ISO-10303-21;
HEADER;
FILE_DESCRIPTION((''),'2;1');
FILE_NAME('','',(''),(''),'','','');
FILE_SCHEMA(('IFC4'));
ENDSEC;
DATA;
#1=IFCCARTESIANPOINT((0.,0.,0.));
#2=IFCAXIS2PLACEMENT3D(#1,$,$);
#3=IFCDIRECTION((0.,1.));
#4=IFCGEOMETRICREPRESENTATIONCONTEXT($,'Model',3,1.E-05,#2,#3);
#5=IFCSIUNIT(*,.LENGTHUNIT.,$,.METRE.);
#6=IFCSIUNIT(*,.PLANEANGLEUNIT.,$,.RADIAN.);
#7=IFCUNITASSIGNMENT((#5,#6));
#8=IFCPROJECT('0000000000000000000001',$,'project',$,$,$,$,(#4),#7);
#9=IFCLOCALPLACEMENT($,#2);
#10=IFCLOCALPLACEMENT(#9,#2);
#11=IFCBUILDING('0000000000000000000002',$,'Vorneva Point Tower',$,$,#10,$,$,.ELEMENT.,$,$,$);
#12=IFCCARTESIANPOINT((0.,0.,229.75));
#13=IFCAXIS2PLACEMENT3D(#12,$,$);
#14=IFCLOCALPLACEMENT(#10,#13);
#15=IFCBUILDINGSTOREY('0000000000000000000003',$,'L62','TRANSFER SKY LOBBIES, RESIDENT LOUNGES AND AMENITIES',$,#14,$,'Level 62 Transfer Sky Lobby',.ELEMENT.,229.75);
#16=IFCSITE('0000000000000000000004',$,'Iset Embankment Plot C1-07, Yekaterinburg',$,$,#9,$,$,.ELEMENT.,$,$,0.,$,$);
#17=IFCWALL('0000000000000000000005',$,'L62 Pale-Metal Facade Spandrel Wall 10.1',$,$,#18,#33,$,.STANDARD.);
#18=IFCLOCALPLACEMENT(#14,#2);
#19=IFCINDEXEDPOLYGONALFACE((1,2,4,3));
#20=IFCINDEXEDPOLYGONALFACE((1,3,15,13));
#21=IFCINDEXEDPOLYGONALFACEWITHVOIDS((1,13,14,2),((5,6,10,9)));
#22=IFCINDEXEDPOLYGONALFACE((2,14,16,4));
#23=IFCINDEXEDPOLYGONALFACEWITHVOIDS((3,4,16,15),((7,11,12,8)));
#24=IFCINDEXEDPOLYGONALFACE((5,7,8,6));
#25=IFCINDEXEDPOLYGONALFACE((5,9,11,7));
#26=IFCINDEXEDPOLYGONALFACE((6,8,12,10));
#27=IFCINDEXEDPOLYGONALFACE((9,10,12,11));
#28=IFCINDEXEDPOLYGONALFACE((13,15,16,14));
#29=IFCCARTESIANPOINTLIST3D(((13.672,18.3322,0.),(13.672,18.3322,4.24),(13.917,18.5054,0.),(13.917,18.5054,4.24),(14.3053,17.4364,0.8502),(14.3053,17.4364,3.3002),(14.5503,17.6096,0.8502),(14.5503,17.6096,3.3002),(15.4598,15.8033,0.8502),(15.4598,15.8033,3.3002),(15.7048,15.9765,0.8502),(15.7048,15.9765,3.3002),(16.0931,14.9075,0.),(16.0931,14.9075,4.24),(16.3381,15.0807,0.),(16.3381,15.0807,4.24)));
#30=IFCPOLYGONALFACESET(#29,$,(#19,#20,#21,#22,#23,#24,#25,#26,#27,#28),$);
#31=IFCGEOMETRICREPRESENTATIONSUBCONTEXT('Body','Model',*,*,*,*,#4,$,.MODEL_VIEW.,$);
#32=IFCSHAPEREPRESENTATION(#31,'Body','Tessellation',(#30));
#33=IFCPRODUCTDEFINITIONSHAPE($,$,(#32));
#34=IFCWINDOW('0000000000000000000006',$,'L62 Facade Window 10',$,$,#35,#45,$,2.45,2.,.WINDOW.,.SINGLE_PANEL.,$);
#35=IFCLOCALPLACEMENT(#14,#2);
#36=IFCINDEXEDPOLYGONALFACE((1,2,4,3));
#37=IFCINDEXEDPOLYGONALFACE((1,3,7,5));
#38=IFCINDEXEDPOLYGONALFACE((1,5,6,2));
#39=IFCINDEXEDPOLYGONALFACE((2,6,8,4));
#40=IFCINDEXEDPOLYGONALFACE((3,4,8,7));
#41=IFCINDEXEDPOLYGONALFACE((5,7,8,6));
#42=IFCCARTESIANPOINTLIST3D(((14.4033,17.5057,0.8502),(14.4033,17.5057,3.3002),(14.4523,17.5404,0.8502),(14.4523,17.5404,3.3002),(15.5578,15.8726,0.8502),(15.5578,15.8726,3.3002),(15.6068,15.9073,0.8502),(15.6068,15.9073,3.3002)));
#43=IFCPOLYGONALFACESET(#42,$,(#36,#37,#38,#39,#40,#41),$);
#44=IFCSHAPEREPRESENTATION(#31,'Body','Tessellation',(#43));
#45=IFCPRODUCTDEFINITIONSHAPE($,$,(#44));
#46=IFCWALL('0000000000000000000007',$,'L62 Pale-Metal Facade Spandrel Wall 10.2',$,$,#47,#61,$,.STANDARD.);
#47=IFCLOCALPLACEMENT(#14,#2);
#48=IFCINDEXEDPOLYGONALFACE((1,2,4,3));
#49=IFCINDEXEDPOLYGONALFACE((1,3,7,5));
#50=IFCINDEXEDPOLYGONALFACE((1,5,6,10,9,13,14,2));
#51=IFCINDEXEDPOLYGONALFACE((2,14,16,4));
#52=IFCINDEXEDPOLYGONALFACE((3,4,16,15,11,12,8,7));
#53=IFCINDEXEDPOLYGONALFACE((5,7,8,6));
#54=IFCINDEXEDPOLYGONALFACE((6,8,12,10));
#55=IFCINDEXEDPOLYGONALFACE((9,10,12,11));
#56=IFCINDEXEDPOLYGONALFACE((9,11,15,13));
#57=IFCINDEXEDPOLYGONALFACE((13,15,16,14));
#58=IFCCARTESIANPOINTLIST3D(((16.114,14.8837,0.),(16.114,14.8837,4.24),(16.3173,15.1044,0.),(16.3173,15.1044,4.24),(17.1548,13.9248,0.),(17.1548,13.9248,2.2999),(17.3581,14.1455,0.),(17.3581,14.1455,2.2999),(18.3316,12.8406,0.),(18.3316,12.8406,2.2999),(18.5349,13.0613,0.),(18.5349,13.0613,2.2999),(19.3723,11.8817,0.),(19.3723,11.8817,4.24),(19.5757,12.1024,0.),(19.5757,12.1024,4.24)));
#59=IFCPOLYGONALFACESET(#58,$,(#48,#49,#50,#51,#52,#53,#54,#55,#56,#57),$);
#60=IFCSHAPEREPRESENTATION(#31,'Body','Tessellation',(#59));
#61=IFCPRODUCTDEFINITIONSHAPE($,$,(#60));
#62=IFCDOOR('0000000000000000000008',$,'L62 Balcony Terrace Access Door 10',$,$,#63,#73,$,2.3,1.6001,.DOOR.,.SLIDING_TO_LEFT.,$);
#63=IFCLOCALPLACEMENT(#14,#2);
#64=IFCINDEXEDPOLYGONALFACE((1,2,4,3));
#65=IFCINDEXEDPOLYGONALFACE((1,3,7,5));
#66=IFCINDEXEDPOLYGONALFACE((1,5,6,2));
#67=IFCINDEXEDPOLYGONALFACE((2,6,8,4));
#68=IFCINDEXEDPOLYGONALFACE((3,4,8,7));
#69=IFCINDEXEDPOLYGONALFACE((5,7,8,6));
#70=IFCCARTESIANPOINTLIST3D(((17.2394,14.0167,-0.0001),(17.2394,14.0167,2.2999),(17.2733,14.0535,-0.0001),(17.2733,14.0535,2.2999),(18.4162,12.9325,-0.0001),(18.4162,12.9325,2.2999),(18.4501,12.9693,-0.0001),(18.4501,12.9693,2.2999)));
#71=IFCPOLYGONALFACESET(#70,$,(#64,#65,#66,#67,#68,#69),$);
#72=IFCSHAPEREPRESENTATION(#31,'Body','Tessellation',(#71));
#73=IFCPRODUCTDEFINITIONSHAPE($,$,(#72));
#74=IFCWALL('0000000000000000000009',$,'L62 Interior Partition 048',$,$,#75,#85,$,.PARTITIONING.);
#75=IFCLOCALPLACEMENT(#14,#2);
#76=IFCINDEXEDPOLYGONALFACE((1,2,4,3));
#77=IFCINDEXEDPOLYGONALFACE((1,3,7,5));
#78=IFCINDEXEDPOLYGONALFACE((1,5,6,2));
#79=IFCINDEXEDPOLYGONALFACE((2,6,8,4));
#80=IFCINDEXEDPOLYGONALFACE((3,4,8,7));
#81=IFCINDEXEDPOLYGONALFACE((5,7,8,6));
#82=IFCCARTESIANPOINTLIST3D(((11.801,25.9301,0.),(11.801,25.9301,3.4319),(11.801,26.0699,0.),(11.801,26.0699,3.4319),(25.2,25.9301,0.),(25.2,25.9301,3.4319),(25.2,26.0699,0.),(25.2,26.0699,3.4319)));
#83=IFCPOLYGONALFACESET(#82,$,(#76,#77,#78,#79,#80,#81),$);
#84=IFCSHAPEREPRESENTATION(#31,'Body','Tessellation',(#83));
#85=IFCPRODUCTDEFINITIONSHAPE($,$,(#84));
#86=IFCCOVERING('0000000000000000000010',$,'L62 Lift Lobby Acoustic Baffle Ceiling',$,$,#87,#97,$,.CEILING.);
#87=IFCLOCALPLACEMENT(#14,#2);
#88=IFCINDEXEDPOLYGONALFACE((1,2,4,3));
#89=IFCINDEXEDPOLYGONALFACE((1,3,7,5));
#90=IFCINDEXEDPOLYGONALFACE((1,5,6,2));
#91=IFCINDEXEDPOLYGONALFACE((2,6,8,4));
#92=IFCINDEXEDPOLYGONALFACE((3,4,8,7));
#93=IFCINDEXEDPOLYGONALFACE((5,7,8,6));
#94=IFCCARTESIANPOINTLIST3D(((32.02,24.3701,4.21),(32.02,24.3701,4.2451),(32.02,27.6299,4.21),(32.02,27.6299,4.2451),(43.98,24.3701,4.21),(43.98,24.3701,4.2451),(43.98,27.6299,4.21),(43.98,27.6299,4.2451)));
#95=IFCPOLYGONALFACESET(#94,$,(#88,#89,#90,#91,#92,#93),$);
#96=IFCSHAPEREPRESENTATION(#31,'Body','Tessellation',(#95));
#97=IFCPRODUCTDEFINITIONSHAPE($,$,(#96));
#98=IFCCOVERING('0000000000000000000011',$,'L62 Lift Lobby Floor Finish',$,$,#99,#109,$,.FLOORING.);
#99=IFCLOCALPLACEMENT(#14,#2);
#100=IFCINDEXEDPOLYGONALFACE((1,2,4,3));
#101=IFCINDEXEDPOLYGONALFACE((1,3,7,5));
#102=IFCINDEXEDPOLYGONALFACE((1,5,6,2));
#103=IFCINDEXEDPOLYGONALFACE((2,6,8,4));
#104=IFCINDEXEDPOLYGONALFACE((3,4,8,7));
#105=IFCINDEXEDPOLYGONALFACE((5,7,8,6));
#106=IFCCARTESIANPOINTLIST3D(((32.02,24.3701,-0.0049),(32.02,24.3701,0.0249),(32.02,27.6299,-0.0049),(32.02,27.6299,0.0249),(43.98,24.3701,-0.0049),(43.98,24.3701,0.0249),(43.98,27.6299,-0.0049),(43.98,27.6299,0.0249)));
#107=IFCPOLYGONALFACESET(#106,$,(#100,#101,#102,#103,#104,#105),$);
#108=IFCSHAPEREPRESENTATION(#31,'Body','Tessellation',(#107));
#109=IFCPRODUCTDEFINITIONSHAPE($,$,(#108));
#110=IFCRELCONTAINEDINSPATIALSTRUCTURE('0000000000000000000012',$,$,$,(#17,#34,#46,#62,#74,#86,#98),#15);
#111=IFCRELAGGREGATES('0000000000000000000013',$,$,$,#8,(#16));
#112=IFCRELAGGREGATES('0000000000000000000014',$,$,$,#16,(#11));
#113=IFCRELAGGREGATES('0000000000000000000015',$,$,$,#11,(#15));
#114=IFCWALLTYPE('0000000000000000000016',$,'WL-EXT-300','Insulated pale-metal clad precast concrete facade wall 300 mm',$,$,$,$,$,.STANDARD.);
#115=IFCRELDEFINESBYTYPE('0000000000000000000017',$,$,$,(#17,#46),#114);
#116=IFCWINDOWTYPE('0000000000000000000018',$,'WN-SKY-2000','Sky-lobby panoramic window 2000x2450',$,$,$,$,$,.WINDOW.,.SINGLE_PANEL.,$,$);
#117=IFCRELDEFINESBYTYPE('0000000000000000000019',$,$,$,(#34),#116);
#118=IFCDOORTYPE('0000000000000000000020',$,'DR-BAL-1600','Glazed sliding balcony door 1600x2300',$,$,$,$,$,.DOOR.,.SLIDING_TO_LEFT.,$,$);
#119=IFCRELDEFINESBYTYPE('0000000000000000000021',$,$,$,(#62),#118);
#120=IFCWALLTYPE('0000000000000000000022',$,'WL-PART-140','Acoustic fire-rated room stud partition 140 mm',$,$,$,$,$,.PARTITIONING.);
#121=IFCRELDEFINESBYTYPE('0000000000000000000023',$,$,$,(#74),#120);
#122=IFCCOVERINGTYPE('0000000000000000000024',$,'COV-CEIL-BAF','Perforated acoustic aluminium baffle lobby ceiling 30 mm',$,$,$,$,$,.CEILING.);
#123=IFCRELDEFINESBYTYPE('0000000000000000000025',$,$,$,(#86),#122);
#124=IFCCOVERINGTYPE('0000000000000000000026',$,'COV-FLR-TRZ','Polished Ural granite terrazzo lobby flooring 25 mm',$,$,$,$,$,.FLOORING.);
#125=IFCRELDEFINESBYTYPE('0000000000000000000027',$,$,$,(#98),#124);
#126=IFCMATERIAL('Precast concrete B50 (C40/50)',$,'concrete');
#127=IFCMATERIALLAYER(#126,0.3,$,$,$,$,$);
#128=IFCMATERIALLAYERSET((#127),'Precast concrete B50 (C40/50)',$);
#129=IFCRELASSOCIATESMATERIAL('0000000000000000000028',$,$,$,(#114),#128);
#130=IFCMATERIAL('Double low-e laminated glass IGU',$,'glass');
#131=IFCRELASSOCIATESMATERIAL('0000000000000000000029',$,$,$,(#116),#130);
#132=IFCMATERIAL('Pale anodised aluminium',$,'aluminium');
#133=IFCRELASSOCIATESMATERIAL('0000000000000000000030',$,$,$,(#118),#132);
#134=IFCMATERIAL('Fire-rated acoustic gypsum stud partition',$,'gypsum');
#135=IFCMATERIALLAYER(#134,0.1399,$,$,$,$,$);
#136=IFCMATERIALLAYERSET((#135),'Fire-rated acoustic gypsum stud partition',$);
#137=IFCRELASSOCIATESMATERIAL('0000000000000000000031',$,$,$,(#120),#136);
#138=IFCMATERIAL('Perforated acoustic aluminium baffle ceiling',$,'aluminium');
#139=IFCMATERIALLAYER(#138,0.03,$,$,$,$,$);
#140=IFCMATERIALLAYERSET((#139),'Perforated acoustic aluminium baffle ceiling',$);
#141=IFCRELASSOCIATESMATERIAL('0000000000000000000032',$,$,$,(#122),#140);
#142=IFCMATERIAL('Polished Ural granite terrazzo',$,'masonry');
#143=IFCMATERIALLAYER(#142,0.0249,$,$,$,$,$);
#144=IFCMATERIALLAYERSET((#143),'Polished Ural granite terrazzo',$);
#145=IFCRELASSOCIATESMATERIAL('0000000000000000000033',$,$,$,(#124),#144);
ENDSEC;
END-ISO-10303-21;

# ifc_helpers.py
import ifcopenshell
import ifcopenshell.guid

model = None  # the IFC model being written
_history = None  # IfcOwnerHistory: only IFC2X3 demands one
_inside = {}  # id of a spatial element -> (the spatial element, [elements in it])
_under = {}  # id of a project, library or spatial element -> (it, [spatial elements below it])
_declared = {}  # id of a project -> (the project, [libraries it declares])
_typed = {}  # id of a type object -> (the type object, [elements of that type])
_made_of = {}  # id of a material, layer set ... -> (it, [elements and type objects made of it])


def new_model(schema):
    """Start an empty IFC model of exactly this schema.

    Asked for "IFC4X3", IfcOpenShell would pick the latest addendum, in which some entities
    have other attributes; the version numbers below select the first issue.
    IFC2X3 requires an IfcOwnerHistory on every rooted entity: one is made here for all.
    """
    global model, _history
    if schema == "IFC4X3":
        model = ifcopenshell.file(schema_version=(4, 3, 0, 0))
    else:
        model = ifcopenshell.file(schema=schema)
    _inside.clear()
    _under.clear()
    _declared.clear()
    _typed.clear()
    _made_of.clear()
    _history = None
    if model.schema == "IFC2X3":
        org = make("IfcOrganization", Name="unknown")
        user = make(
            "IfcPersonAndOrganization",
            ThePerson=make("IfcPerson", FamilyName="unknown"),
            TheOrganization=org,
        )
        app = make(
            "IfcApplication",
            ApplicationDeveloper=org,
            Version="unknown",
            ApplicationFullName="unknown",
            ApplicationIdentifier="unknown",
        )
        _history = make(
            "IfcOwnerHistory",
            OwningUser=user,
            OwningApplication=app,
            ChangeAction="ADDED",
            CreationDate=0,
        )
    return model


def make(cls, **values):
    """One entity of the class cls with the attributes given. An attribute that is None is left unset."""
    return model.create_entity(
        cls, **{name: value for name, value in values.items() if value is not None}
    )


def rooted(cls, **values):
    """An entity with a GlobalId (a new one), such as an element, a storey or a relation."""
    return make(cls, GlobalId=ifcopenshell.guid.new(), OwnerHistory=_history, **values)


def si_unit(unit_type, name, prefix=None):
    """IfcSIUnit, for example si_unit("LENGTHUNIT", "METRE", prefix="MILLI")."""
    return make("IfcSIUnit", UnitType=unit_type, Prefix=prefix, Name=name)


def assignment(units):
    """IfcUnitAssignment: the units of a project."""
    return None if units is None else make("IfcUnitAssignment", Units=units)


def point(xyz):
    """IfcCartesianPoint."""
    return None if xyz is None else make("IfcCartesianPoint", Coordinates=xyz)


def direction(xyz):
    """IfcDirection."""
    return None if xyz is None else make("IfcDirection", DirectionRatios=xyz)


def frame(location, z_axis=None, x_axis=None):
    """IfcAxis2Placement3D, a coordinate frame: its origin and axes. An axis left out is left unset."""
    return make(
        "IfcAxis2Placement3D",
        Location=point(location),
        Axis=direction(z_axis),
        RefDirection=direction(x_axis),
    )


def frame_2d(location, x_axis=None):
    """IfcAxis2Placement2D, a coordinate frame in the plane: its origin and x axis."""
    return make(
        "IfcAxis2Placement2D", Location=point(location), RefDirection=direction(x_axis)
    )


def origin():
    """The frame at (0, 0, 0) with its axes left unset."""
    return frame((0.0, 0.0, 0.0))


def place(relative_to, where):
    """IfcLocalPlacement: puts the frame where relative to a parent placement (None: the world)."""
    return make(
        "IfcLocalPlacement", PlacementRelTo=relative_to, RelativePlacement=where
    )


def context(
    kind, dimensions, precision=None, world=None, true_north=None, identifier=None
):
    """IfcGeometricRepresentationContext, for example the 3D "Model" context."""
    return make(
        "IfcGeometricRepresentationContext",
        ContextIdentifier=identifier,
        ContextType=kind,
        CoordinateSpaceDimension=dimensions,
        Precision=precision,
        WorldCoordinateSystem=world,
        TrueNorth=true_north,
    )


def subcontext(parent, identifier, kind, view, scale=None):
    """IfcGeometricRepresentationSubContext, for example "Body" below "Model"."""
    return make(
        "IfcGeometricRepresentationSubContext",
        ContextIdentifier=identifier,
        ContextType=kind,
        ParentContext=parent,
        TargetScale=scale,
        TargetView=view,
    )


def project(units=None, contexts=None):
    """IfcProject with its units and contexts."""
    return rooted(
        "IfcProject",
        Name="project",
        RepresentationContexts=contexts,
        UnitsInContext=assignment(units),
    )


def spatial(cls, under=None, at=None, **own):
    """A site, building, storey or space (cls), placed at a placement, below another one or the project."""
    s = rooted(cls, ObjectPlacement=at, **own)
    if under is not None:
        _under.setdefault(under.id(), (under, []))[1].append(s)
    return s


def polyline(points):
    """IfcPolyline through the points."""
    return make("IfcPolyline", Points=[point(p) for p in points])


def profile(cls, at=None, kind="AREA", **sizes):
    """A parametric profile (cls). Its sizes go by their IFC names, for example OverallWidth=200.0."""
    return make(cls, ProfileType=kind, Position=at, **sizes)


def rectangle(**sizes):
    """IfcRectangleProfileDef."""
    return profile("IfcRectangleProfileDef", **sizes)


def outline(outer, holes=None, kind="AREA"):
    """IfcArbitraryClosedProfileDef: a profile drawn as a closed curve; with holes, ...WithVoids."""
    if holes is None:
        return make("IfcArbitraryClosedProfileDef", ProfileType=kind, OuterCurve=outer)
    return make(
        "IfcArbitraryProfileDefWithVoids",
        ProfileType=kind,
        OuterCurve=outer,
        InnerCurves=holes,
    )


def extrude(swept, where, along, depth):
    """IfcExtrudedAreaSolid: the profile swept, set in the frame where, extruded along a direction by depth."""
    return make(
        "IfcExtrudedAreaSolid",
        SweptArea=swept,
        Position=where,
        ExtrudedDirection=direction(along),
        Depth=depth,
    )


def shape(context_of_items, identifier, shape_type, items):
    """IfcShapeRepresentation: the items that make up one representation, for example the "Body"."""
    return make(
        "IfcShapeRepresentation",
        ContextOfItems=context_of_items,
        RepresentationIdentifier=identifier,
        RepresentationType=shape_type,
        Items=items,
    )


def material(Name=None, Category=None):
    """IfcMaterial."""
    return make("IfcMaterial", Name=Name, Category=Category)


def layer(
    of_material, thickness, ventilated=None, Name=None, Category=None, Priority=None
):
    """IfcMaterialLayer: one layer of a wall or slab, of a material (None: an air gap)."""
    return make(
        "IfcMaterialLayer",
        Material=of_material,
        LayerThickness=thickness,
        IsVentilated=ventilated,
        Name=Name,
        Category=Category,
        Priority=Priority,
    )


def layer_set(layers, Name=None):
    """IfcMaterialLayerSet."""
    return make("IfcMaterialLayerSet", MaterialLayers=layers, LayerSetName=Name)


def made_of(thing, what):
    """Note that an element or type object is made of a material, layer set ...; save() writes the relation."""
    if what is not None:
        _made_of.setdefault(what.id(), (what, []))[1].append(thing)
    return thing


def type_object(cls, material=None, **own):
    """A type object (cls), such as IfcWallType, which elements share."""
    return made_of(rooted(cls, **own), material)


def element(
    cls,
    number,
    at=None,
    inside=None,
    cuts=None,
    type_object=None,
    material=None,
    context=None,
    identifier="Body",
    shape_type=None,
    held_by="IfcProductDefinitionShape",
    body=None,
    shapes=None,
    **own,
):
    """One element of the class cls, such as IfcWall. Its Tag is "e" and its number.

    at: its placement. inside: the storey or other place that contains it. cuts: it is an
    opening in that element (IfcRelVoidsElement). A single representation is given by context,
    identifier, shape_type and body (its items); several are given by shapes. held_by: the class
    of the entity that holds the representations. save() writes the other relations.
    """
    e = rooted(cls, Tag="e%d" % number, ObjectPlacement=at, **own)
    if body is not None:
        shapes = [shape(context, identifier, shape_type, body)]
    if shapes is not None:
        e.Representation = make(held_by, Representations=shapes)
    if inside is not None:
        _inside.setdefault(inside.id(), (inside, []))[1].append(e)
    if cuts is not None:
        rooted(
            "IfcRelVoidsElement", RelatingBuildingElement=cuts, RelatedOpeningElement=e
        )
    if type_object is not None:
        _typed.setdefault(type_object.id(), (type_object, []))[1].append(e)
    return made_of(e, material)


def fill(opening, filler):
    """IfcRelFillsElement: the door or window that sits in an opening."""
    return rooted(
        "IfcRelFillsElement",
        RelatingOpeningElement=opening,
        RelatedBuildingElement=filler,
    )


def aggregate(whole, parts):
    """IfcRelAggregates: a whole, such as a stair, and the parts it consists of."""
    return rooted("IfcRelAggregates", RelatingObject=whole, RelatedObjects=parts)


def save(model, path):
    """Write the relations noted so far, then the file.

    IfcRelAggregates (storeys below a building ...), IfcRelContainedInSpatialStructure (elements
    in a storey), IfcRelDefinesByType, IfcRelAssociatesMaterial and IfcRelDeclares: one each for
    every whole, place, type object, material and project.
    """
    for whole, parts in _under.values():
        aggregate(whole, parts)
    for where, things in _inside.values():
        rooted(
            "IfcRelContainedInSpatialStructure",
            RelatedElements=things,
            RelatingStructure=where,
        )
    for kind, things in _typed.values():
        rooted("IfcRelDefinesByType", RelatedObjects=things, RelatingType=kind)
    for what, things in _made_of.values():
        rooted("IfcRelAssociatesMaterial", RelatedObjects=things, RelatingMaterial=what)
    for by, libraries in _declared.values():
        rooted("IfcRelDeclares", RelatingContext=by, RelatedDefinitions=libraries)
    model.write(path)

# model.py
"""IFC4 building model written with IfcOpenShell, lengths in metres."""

from ifc_helpers import new_model, si_unit, direction, frame, frame_2d, origin, place, context, subcontext, project, spatial, polyline, rectangle, outline, extrude, material, layer, layer_set, type_object, element, fill, save


model = new_model("IFC4")

# Units and contexts
model_context = context("Model", 3, precision=1e-05, world=origin(), true_north=direction((0.0, 1.0)))
body_context = subcontext(model_context, "Body", "Model", "MODEL_VIEW")
ifc_project = project(units=[si_unit("LENGTHUNIT", "METRE"), si_unit("PLANEANGLEUNIT", "RADIAN")], contexts=[model_context])

# Site, building, storey
site_placement = place(None, origin())
site = spatial("IfcSite", under=ifc_project, at=site_placement, Name="Iset Embankment Plot C1-07, Yekaterinburg", CompositionType="ELEMENT", RefElevation=0.0)
building_placement = place(site_placement, origin())
building = spatial("IfcBuilding", under=site, at=building_placement, Name="Vorneva Point Tower", CompositionType="ELEMENT")
storey_placement = place(building_placement, frame((0.0, 0.0, 229.75)))
storey = spatial("IfcBuildingStorey", under=building, at=storey_placement, Name="L62", Description="TRANSFER SKY LOBBIES, RESIDENT LOUNGES AND AMENITIES", LongName="Level 62 Transfer Sky Lobby", CompositionType="ELEMENT", Elevation=229.75)

# Shared definitions
ifc_material_1 = material(Name="Pale anodised aluminium", Category="aluminium")
ifc_material_2 = material(Name="Double low-e laminated glass IGU", Category="glass")

# Wall, opening, window
ifc_material_3 = material(Name="Precast concrete B50 (C40/50)", Category="concrete")
ifc_layer_1 = layer(ifc_material_3, 0.3)
ifc_layer_set_1 = layer_set([ifc_layer_1], Name="Precast concrete B50 (C40/50)")
wall_type_1 = type_object("IfcWallType", Name="WL-EXT-300", Description="Insulated pale-metal clad precast concrete facade wall 300 mm", PredefinedType="STANDARD", material=ifc_layer_set_1)
wall_1_placement = place(storey_placement, frame((13.7944, 18.4189, 0.0), z_axis=(0.0, 0.0, 1.0), x_axis=(0.577261, -0.81656, 0.0)))
wall_1 = element("IfcWall", 1, at=wall_1_placement, inside=storey, type_object=wall_type_1, Name="L62 Pale-Metal Facade Spandrel Wall 10.1", PredefinedType="STANDARD", context=body_context, shape_type="SweptSolid", body=[
    extrude(rectangle(XDim=4.1941, YDim=0.3, at=frame_2d((2.0972, 0.0))), origin(), (0.0, 0.0, 1.0), 4.24),
])
opening_1_placement = place(wall_1_placement, frame((1.0972, 0.0, 0.8501)))
opening_1 = element("IfcOpeningElement", 2, at=opening_1_placement, cuts=wall_1, PredefinedType="OPENING", context=body_context, shape_type="SweptSolid", body=[
    extrude(rectangle(XDim=2.0, YDim=2.45, at=frame_2d((1.0, 1.2251))), frame((0.0, 0.165, 0.0), z_axis=(0.0, -1.0, 0.0), x_axis=(1.0, 0.0, 0.0)), (0.0, 0.0, 1.0), 0.3298),
])
window_type = type_object("IfcWindowType", Name="WN-SKY-2000", Description="Sky-lobby panoramic window 2000x2450", PartitioningType="SINGLE_PANEL", PredefinedType="WINDOW", material=ifc_material_2)
window_placement = place(opening_1_placement, origin())
window = element("IfcWindow", 3, at=window_placement, inside=storey, type_object=window_type, Name="L62 Facade Window 10", OverallHeight=2.45, OverallWidth=2.0, PartitioningType="SINGLE_PANEL", PredefinedType="WINDOW", context=body_context, shape_type="SweptSolid", body=[
    extrude(rectangle(XDim=2.0, YDim=2.45, at=frame_2d((1.0, 1.2251))), frame((0.0, 0.03, 0.0), z_axis=(0.0, -1.0, 0.0), x_axis=(1.0, 0.0, 0.0)), (0.0, 0.0, 1.0), 0.0601),
])
fill(opening_1, window)

# Wall, opening, door
wall_2_placement = place(storey_placement, frame((16.2156, 14.9941, 0.0), z_axis=(0.0, 0.0, 1.0), x_axis=(0.735445, -0.677584, 0.0)))
wall_2 = element("IfcWall", 4, at=wall_2_placement, inside=storey, type_object=wall_type_1, Name="L62 Pale-Metal Facade Spandrel Wall 10.2", PredefinedType="STANDARD", context=body_context, shape_type="SweptSolid", body=[
    extrude(rectangle(XDim=4.4304, YDim=0.3, at=frame_2d((2.2153, 0.0))), origin(), (0.0, 0.0, 1.0), 4.24),
])
opening_2_placement = place(wall_2_placement, frame((1.4153, 0.0, 0.0)))
opening_2 = element("IfcOpeningElement", 5, at=opening_2_placement, cuts=wall_2, PredefinedType="OPENING", context=body_context, shape_type="SweptSolid", body=[
    extrude(rectangle(XDim=1.6001, YDim=2.3, at=frame_2d((0.8, 1.1499))), frame((0.0, 0.165, 0.0), z_axis=(0.0, -1.0, 0.0), x_axis=(1.0, 0.0, 0.0)), (0.0, 0.0, 1.0), 0.3298),
])
door_type = type_object("IfcDoorType", Name="DR-BAL-1600", Description="Glazed sliding balcony door 1600x2300", OperationType="SLIDING_TO_LEFT", PredefinedType="DOOR", material=ifc_material_1)
door_placement = place(opening_2_placement, origin())
door = element("IfcDoor", 6, at=door_placement, inside=storey, type_object=door_type, Name="L62 Balcony Terrace Access Door 10", OperationType="SLIDING_TO_LEFT", OverallHeight=2.3, OverallWidth=1.6001, PredefinedType="DOOR", context=body_context, shape_type="SweptSolid", body=[
    extrude(rectangle(XDim=1.6001, YDim=2.3, at=frame_2d((0.8, 1.1499))), frame((0.0, 0.0249, 0.0), z_axis=(0.0, -1.0, 0.0), x_axis=(1.0, 0.0, 0.0)), (0.0, 0.0, 1.0), 0.05),
])
fill(opening_2, door)

# Wall
ifc_material_4 = material(Name="Fire-rated acoustic gypsum stud partition", Category="gypsum")
ifc_layer_2 = layer(ifc_material_4, 0.1399)
ifc_layer_set_2 = layer_set([ifc_layer_2], Name="Fire-rated acoustic gypsum stud partition")
wall_type_2 = type_object("IfcWallType", Name="WL-PART-140", Description="Acoustic fire-rated room stud partition 140 mm", PredefinedType="PARTITIONING", material=ifc_layer_set_2)
wall_3_placement = place(storey_placement, frame((11.801, 26.0, 0.0), z_axis=(0.0, 0.0, 1.0), x_axis=(1.0, 0.0, 0.0)))
element("IfcWall", 7, at=wall_3_placement, inside=storey, type_object=wall_type_2, Name="L62 Interior Partition 048", PredefinedType="PARTITIONING", context=body_context, shape_type="SweptSolid", body=[
    extrude(rectangle(XDim=13.3989, YDim=0.1399, at=frame_2d((6.6995, 0.0))), origin(), (0.0, 0.0, 1.0), 3.4319),
])

# Coverings
ifc_material_5 = material(Name="Perforated acoustic aluminium baffle ceiling", Category="aluminium")
ifc_layer_3 = layer(ifc_material_5, 0.03)
ifc_layer_set_3 = layer_set([ifc_layer_3], Name="Perforated acoustic aluminium baffle ceiling")
covering_type_1 = type_object("IfcCoveringType", Name="COV-CEIL-BAF", Description="Perforated acoustic aluminium baffle lobby ceiling 30 mm", PredefinedType="CEILING", material=ifc_layer_set_3)
covering_1_placement = place(storey_placement, frame((0.0, 0.0, 4.21)))
element("IfcCovering", 8, at=covering_1_placement, inside=storey, type_object=covering_type_1, Name="L62 Lift Lobby Acoustic Baffle Ceiling", PredefinedType="CEILING", context=body_context, shape_type="SweptSolid", body=[
    extrude(outline(polyline([(32.02, 24.3701), (43.98, 24.3701), (43.98, 27.6299), (32.02, 27.6299), (32.02, 24.3701)])), origin(), (0.0, 0.0, 1.0), 0.0352),
])
ifc_material_6 = material(Name="Polished Ural granite terrazzo", Category="masonry")
ifc_layer_4 = layer(ifc_material_6, 0.0249)
ifc_layer_set_4 = layer_set([ifc_layer_4], Name="Polished Ural granite terrazzo")
covering_type_2 = type_object("IfcCoveringType", Name="COV-FLR-TRZ", Description="Polished Ural granite terrazzo lobby flooring 25 mm", PredefinedType="FLOORING", material=ifc_layer_set_4)
covering_2_placement = place(storey_placement, frame((0.0, 0.0, -0.0049)))
element("IfcCovering", 9, at=covering_2_placement, inside=storey, type_object=covering_type_2, Name="L62 Lift Lobby Floor Finish", PredefinedType="FLOORING", context=body_context, shape_type="SweptSolid", body=[
    extrude(outline(polyline([(32.02, 24.3701), (43.98, 24.3701), (43.98, 27.6299), (32.02, 27.6299), (32.02, 24.3701)])), origin(), (0.0, 0.0, 1.0), 0.0298),
])

save(model, "model.ifc")
